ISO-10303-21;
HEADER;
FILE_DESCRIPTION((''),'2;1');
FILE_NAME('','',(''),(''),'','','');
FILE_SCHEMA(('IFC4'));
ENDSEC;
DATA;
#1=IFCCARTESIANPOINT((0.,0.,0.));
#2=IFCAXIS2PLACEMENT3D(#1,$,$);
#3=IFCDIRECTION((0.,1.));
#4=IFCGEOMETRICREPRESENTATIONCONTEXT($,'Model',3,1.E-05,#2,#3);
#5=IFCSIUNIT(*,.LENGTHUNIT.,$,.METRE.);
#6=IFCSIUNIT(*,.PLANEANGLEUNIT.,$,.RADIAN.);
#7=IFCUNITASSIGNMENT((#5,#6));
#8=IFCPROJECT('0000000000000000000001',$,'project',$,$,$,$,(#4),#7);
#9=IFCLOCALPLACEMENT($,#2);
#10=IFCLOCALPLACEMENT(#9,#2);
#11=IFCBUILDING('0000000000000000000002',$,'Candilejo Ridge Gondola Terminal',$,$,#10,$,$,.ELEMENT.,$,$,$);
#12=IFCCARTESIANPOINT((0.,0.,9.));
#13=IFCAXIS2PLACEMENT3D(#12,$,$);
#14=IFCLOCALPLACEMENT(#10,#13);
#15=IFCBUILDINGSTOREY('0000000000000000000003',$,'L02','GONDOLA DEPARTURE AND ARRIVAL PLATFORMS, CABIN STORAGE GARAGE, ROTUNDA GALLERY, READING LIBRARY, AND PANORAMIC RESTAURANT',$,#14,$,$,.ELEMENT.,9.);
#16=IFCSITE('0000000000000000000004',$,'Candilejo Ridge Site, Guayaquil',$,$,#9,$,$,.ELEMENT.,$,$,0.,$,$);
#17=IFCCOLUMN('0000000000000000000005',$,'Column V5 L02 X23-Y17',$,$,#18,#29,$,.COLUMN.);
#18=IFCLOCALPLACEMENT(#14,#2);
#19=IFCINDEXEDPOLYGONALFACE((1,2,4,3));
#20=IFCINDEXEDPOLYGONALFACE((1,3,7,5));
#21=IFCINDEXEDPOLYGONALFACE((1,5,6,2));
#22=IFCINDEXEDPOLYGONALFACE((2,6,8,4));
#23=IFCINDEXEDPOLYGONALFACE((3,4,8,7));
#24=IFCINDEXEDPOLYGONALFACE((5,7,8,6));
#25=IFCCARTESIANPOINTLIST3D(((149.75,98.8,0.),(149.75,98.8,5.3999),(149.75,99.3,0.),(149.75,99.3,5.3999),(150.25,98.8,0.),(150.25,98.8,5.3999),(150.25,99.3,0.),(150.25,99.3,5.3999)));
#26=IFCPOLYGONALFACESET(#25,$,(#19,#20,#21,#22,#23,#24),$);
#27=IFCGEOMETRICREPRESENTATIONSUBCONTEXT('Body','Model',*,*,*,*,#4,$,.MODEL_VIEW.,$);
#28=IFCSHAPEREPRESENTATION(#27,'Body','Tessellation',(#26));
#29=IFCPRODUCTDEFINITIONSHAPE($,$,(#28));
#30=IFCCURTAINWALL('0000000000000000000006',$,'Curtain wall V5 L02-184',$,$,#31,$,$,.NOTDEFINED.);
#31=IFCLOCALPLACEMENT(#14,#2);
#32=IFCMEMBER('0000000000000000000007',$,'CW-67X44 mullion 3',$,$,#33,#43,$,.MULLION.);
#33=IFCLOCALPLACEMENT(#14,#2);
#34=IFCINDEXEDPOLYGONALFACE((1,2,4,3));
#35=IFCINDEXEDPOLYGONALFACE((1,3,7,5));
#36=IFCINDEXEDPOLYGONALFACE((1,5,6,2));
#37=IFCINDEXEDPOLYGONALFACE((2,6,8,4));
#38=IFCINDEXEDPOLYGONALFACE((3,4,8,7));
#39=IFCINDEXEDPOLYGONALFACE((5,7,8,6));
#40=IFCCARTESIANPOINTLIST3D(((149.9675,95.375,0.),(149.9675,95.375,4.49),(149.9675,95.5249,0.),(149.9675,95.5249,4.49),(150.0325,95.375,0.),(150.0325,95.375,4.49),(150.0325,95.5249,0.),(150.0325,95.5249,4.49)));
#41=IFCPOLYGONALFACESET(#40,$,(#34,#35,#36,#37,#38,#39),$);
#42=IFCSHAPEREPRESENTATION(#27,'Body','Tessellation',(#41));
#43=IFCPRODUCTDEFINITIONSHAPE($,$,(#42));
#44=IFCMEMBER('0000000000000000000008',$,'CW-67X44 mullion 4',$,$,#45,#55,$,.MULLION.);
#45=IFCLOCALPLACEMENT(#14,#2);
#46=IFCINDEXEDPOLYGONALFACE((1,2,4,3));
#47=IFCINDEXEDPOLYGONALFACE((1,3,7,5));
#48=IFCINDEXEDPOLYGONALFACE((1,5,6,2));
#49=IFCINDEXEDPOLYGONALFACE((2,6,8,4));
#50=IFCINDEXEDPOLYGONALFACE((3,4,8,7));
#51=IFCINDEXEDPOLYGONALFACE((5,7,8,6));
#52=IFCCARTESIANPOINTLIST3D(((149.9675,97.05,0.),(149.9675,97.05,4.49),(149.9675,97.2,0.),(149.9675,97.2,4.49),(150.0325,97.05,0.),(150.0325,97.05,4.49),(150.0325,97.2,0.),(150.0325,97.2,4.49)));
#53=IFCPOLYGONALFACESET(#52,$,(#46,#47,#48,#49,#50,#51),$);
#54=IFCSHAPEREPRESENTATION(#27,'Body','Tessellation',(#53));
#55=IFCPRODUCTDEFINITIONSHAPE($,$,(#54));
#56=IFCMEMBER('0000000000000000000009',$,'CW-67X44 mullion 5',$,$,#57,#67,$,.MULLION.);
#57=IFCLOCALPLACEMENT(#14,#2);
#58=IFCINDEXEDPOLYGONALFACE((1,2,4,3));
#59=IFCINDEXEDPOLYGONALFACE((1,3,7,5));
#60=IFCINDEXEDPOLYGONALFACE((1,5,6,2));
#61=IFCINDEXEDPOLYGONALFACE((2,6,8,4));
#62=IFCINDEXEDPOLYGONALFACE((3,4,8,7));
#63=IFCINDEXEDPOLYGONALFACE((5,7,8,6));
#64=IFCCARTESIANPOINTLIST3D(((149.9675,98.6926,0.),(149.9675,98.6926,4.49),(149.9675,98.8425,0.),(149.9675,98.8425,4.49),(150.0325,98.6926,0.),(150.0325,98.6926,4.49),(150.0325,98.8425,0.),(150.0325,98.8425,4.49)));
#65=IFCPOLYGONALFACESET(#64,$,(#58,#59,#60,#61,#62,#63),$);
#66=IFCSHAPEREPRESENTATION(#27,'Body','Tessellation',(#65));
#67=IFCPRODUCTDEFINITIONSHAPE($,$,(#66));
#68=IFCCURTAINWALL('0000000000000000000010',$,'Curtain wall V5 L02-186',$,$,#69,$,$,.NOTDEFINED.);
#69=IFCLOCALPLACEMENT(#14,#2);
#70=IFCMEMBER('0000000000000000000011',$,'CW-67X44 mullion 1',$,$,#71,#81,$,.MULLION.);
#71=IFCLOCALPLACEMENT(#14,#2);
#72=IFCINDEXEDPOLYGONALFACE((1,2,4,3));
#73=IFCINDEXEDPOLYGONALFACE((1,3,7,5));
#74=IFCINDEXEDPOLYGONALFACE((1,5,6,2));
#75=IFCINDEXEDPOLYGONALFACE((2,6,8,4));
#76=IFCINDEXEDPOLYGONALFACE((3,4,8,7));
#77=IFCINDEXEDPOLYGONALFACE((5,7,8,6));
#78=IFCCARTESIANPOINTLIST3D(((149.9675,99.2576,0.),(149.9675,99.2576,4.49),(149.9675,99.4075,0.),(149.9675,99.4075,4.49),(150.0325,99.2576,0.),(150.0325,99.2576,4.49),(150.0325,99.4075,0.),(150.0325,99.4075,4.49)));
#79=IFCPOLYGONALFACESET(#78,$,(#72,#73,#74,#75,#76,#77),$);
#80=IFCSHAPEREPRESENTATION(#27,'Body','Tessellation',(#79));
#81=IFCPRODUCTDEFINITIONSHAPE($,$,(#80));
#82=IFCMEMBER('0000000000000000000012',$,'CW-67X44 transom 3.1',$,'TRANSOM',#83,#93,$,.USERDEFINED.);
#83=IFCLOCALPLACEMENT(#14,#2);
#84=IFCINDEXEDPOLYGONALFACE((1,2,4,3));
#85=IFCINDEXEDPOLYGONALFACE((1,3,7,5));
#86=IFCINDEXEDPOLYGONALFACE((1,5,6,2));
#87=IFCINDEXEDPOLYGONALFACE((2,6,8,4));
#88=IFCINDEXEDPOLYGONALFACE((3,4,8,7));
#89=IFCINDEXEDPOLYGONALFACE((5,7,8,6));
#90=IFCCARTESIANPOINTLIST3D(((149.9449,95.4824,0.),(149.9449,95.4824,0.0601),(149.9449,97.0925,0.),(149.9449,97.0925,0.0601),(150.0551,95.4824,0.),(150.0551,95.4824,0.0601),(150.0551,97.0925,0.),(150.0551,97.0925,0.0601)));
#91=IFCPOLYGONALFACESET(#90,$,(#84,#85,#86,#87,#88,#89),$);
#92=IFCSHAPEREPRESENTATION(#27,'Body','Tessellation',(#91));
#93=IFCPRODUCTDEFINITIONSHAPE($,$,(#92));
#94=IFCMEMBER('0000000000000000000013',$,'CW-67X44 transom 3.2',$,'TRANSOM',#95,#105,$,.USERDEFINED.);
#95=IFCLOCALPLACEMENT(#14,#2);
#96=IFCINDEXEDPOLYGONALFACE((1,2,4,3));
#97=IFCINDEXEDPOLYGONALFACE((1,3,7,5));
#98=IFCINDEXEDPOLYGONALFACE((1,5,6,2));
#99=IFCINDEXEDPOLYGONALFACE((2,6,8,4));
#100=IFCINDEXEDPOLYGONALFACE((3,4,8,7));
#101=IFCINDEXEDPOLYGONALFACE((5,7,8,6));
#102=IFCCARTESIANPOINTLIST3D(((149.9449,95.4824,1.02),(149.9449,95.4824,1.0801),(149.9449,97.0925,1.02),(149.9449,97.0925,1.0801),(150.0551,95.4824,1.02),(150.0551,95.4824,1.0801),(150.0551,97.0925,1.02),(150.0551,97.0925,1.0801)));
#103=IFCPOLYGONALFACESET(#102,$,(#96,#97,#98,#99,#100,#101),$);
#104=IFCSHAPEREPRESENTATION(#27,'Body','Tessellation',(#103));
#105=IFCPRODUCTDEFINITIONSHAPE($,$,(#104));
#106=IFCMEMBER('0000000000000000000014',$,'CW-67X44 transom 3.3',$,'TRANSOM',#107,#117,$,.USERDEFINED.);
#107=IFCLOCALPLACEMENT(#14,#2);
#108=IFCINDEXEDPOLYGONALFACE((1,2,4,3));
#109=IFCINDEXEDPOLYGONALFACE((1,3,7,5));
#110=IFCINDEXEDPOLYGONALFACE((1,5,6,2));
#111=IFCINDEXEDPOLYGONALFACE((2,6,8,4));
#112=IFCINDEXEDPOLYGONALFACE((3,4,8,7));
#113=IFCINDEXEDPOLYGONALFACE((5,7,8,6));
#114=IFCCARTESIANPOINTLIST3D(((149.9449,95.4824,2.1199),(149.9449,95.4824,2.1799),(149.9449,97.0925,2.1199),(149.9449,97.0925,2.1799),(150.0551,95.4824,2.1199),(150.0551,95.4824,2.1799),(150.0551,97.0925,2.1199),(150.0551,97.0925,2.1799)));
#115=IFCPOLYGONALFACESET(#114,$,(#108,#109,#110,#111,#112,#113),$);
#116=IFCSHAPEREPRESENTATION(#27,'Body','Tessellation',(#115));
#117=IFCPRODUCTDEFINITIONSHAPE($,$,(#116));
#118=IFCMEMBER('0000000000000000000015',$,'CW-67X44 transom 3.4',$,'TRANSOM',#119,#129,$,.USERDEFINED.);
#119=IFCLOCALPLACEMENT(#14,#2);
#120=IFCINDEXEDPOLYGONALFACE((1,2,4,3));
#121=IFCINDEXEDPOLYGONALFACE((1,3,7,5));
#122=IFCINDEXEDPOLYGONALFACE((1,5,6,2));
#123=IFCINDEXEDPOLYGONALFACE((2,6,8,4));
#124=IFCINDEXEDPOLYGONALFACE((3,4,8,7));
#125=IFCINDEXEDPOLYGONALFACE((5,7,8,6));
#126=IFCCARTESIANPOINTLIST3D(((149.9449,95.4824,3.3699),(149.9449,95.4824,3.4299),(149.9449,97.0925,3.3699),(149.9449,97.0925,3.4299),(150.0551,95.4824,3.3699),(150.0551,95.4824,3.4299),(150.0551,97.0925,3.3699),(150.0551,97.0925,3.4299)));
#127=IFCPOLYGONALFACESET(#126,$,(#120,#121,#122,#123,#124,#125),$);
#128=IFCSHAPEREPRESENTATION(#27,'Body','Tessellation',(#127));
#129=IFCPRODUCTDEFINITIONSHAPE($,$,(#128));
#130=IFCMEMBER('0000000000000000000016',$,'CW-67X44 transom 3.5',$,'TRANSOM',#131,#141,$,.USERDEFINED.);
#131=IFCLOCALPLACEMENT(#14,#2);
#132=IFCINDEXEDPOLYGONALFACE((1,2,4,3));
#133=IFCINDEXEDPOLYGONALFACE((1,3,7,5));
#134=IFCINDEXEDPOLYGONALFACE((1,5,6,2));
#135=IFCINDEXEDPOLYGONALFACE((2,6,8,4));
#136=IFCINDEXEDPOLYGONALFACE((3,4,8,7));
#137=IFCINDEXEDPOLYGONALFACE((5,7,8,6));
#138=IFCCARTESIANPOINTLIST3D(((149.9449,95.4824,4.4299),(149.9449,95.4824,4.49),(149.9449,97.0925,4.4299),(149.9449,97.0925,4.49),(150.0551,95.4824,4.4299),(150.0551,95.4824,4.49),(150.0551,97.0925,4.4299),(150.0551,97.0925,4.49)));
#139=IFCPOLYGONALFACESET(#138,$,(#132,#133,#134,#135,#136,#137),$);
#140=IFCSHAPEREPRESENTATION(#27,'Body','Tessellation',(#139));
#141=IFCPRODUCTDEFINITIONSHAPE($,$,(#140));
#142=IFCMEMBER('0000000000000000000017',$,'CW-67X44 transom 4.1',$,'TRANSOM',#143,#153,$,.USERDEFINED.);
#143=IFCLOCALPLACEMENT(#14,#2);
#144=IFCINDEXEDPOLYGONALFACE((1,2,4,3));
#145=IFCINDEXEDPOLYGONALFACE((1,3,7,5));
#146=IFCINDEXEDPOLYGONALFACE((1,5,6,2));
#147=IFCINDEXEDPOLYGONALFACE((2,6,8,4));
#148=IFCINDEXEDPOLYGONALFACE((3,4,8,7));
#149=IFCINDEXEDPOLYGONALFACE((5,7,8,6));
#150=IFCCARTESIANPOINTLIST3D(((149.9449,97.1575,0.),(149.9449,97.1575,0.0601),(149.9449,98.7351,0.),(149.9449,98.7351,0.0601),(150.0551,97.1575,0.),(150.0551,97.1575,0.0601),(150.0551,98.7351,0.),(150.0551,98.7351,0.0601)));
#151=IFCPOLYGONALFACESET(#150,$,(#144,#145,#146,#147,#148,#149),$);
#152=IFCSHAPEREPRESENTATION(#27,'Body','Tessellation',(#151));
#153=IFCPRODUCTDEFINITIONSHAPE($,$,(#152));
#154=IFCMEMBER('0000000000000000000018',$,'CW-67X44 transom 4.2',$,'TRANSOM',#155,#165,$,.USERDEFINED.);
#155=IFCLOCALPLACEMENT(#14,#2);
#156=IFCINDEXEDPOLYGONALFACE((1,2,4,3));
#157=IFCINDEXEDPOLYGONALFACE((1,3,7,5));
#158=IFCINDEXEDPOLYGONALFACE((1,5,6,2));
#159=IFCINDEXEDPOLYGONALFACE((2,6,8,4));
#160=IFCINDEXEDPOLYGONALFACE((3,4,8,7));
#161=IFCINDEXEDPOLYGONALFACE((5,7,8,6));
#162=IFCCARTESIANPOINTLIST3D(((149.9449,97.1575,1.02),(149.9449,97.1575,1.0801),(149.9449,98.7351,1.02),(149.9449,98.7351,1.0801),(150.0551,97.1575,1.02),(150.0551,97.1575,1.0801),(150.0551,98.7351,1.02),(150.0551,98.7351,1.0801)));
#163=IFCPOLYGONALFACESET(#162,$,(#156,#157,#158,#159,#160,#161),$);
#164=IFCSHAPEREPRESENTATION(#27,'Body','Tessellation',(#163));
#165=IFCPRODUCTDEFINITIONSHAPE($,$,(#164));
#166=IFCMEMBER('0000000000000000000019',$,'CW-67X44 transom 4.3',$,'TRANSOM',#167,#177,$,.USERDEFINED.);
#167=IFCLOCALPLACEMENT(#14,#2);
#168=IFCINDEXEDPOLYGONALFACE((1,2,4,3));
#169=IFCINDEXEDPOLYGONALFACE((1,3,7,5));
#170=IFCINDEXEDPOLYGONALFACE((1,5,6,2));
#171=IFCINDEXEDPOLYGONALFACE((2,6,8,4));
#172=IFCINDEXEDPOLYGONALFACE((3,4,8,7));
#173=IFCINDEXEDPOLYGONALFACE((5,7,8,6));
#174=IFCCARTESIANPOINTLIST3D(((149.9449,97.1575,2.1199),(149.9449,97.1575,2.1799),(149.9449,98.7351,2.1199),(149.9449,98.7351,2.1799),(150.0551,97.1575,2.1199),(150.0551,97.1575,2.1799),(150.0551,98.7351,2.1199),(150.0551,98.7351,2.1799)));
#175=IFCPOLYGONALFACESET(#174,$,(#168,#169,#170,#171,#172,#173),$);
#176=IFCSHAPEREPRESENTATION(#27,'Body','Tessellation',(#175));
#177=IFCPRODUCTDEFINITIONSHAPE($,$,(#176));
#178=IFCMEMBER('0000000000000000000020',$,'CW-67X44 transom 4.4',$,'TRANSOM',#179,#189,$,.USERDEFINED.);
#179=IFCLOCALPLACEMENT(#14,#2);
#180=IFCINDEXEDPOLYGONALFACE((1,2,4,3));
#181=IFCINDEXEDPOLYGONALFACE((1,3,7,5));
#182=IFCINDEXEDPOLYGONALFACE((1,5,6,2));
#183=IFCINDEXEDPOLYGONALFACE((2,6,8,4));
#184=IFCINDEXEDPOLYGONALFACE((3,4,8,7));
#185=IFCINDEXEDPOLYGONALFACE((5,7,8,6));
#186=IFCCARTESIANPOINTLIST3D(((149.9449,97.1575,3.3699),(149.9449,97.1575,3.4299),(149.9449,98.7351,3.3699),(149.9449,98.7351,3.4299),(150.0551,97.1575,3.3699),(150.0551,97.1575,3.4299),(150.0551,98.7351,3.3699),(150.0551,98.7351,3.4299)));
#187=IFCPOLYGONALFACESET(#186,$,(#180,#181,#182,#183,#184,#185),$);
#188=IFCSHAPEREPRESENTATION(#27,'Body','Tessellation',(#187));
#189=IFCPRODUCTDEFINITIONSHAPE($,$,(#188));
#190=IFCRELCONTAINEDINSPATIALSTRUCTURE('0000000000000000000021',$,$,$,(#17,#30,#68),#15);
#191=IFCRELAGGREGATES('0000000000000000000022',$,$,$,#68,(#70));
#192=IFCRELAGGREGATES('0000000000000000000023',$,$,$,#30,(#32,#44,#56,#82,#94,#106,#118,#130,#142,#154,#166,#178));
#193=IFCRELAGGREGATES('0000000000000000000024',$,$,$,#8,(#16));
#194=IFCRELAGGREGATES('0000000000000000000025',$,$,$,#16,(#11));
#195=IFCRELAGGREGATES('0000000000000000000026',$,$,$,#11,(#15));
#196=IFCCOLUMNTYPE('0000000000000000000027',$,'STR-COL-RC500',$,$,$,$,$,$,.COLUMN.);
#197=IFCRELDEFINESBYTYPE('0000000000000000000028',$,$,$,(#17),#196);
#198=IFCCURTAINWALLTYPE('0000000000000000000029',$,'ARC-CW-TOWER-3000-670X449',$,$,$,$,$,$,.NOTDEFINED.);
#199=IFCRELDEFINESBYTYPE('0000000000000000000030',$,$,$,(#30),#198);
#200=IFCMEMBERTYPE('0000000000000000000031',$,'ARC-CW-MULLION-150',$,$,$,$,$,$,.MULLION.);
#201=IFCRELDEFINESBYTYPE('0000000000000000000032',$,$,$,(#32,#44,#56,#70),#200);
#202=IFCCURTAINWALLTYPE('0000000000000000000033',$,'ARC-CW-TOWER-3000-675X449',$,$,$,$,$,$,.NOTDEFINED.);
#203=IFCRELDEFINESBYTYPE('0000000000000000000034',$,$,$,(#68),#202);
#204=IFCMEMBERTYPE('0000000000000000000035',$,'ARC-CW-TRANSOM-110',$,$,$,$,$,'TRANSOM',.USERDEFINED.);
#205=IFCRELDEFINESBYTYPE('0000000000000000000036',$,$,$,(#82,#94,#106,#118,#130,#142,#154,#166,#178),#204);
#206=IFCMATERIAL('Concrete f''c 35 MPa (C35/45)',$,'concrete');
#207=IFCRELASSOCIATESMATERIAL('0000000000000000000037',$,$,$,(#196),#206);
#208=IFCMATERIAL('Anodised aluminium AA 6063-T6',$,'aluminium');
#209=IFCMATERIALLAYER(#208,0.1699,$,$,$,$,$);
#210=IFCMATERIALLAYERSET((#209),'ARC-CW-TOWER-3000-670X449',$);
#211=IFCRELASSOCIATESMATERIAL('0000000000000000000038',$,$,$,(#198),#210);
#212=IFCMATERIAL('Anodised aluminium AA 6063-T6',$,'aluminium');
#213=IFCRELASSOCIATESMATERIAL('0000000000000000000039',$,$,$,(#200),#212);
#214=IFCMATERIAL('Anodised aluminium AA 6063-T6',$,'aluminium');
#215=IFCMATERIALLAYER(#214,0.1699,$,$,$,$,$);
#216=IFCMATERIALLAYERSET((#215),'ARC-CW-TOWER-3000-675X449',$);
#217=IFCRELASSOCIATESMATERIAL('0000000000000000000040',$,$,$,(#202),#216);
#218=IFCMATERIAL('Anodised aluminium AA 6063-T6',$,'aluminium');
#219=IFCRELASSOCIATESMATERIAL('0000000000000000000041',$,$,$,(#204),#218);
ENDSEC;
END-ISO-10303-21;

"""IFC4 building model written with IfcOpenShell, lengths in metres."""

from ifc_helpers import new_model, si_unit, direction, frame, origin, origin_2d, place, context, subcontext, project, spatial, rectangle, extrude, material, layer, layer_set, material_profile, profile_set, type_object, element, aggregate, save


model = new_model("IFC4")

# Units and contexts
model_context = context("Model", 3, precision=1e-05, world=origin(), true_north=direction((0.0, 1.0)))
body_context = subcontext(model_context, "Body", "Model", "MODEL_VIEW")
ifc_project = project(units=[si_unit("LENGTHUNIT", "METRE"), si_unit("PLANEANGLEUNIT", "RADIAN")], contexts=[model_context])

# Site, building, storey
site_placement = place(None, origin())
site = spatial("IfcSite", under=ifc_project, at=site_placement, Name="Candilejo Ridge Site, Guayaquil", CompositionType="ELEMENT", RefElevation=0.0)
building_placement = place(site_placement, origin())
building = spatial("IfcBuilding", under=site, at=building_placement, Name="Candilejo Ridge Gondola Terminal", CompositionType="ELEMENT")
storey_placement = place(building_placement, frame((0.0, 0.0, 9.0)))
storey = spatial("IfcBuildingStorey", under=building, at=storey_placement, Name="L02", Description="GONDOLA DEPARTURE AND ARRIVAL PLATFORMS, CABIN STORAGE GARAGE, ROTUNDA GALLERY, READING LIBRARY, AND PANORAMIC RESTAURANT", CompositionType="ELEMENT", Elevation=9.0)

# Column
ifc_material_1 = material(Name="Concrete f'c 35 MPa (C35/45)", Category="concrete")
ifc_material_profile_1 = material_profile(ifc_material_1, rectangle(XDim=0.5, YDim=0.5, at=origin_2d()))
ifc_profile_set_1 = profile_set([ifc_material_profile_1], Name="Concrete f'c 35 MPa (C35/45)")
column_type = type_object("IfcColumnType", Name="STR-COL-RC500", PredefinedType="COLUMN", material=ifc_profile_set_1)
column_placement = place(storey_placement, frame((150.0, 99.05, 0.0), z_axis=(0.0, 0.0, 1.0), x_axis=(1.0, 0.0, 0.0)))
element("IfcColumn", 1, at=column_placement, inside=storey, type_object=column_type, Name="Column V5 L02 X23-Y17", PredefinedType="COLUMN", context=body_context, shape_type="SweptSolid", body=[
    extrude(rectangle(XDim=0.5, YDim=0.5, at=origin_2d()), origin(), (0.0, 0.0, 1.0), 5.3999),
])

# Curtain wall, members
ifc_material_2 = material(Name="Anodised aluminium AA 6063-T6", Category="aluminium")
ifc_layer_1 = layer(ifc_material_2, 0.1699)
ifc_layer_set_1 = layer_set([ifc_layer_1], Name="ARC-CW-TOWER-3000-670X449")
curtain_wall_type_1 = type_object("IfcCurtainWallType", Name="ARC-CW-TOWER-3000-670X449", PredefinedType="NOTDEFINED", material=ifc_layer_set_1)
curtain_wall_1_placement = place(storey_placement, origin())
curtain_wall_1 = element("IfcCurtainWall", 2, at=curtain_wall_1_placement, inside=storey, type_object=curtain_wall_type_1, Name="Curtain wall V5 L02-184", PredefinedType="NOTDEFINED")
ifc_material_3 = material(Name="Anodised aluminium AA 6063-T6", Category="aluminium")
ifc_material_profile_2 = material_profile(ifc_material_3, rectangle(XDim=0.0649, YDim=0.1499, at=origin_2d()))
ifc_profile_set_2 = profile_set([ifc_material_profile_2], Name="Anodised aluminium AA 6063-T6")
member_type_1 = type_object("IfcMemberType", Name="ARC-CW-MULLION-150", PredefinedType="MULLION", material=ifc_profile_set_2)
member_1_placement = place(storey_placement, frame((150.0, 95.45, 0.0), z_axis=(0.0, 0.0, 1.0), x_axis=(-1.0, 0.0, 0.0)))
member_1 = element("IfcMember", 3, at=member_1_placement, type_object=member_type_1, Name="CW-67X44 mullion 3", PredefinedType="MULLION", context=body_context, shape_type="SweptSolid", body=[
    extrude(rectangle(XDim=0.0649, YDim=0.1499, at=origin_2d()), origin(), (0.0, 0.0, 1.0), 4.49),
])
member_2_placement = place(storey_placement, frame((150.0, 97.125, 0.0), z_axis=(0.0, 0.0, 1.0), x_axis=(-1.0, 0.0, 0.0)))
member_2 = element("IfcMember", 4, at=member_2_placement, type_object=member_type_1, Name="CW-67X44 mullion 4", PredefinedType="MULLION", context=body_context, shape_type="SweptSolid", body=[
    extrude(rectangle(XDim=0.0649, YDim=0.1499, at=origin_2d()), origin(), (0.0, 0.0, 1.0), 4.49),
])
member_3_placement = place(storey_placement, frame((150.0, 98.7676, 0.0), z_axis=(0.0, 0.0, 1.0), x_axis=(-1.0, 0.0, 0.0)))
member_3 = element("IfcMember", 5, at=member_3_placement, type_object=member_type_1, Name="CW-67X44 mullion 5", PredefinedType="MULLION", context=body_context, shape_type="SweptSolid", body=[
    extrude(rectangle(XDim=0.0649, YDim=0.1499, at=origin_2d()), origin(), (0.0, 0.0, 1.0), 4.49),
])

# Curtain wall, member
ifc_material_4 = material(Name="Anodised aluminium AA 6063-T6", Category="aluminium")
ifc_layer_2 = layer(ifc_material_4, 0.1699)
ifc_layer_set_2 = layer_set([ifc_layer_2], Name="ARC-CW-TOWER-3000-675X449")
curtain_wall_type_2 = type_object("IfcCurtainWallType", Name="ARC-CW-TOWER-3000-675X449", PredefinedType="NOTDEFINED", material=ifc_layer_set_2)
curtain_wall_2_placement = place(storey_placement, origin())
curtain_wall_2 = element("IfcCurtainWall", 6, at=curtain_wall_2_placement, inside=storey, type_object=curtain_wall_type_2, Name="Curtain wall V5 L02-186", PredefinedType="NOTDEFINED")
member_4_placement = place(storey_placement, frame((150.0, 99.3325, 0.0), z_axis=(0.0, 0.0, 1.0), x_axis=(-1.0, 0.0, 0.0)))
member_4 = element("IfcMember", 7, at=member_4_placement, type_object=member_type_1, Name="CW-67X44 mullion 1", PredefinedType="MULLION", context=body_context, shape_type="SweptSolid", body=[
    extrude(rectangle(XDim=0.0649, YDim=0.1499, at=origin_2d()), origin(), (0.0, 0.0, 1.0), 4.49),
])

# Members
ifc_material_5 = material(Name="Anodised aluminium AA 6063-T6", Category="aluminium")
ifc_material_profile_3 = material_profile(ifc_material_5, rectangle(XDim=0.1101, YDim=0.0601, at=origin_2d()))
ifc_profile_set_3 = profile_set([ifc_material_profile_3], Name="Anodised aluminium AA 6063-T6")
member_type_2 = type_object("IfcMemberType", Name="ARC-CW-TRANSOM-110", ElementType="TRANSOM", PredefinedType="USERDEFINED", material=ifc_profile_set_3)
member_5_placement = place(storey_placement, frame((150.0, 95.4824, 0.03), z_axis=(0.0, 1.0, 0.0), x_axis=(-1.0, 0.0, 0.0)))
member_5 = element("IfcMember", 8, at=member_5_placement, type_object=member_type_2, Name="CW-67X44 transom 3.1", ObjectType="TRANSOM", PredefinedType="USERDEFINED", context=body_context, shape_type="SweptSolid", body=[
    extrude(rectangle(XDim=0.1101, YDim=0.0601, at=origin_2d()), origin(), (0.0, 0.0, 1.0), 1.6101),
])
member_6_placement = place(storey_placement, frame((150.0, 95.4824, 1.05), z_axis=(0.0, 1.0, 0.0), x_axis=(-1.0, 0.0, 0.0)))
member_6 = element("IfcMember", 9, at=member_6_placement, type_object=member_type_2, Name="CW-67X44 transom 3.2", ObjectType="TRANSOM", PredefinedType="USERDEFINED", context=body_context, shape_type="SweptSolid", body=[
    extrude(rectangle(XDim=0.1101, YDim=0.0601, at=origin_2d()), origin(), (0.0, 0.0, 1.0), 1.6101),
])
member_7_placement = place(storey_placement, frame((150.0, 95.4824, 2.1499), z_axis=(0.0, 1.0, 0.0), x_axis=(-1.0, 0.0, 0.0)))
member_7 = element("IfcMember", 10, at=member_7_placement, type_object=member_type_2, Name="CW-67X44 transom 3.3", ObjectType="TRANSOM", PredefinedType="USERDEFINED", context=body_context, shape_type="SweptSolid", body=[
    extrude(rectangle(XDim=0.1101, YDim=0.0601, at=origin_2d()), origin(), (0.0, 0.0, 1.0), 1.6101),
])
member_8_placement = place(storey_placement, frame((150.0, 95.4824, 3.3999), z_axis=(0.0, 1.0, 0.0), x_axis=(-1.0, 0.0, 0.0)))
member_8 = element("IfcMember", 11, at=member_8_placement, type_object=member_type_2, Name="CW-67X44 transom 3.4", ObjectType="TRANSOM", PredefinedType="USERDEFINED", context=body_context, shape_type="SweptSolid", body=[
    extrude(rectangle(XDim=0.1101, YDim=0.0601, at=origin_2d()), origin(), (0.0, 0.0, 1.0), 1.6101),
])
member_9_placement = place(storey_placement, frame((150.0, 95.4824, 4.46), z_axis=(0.0, 1.0, 0.0), x_axis=(-1.0, 0.0, 0.0)))
member_9 = element("IfcMember", 12, at=member_9_placement, type_object=member_type_2, Name="CW-67X44 transom 3.5", ObjectType="TRANSOM", PredefinedType="USERDEFINED", context=body_context, shape_type="SweptSolid", body=[
    extrude(rectangle(XDim=0.1101, YDim=0.0601, at=origin_2d()), origin(), (0.0, 0.0, 1.0), 1.6101),
])
member_10_placement = place(storey_placement, frame((150.0, 97.1575, 0.03), z_axis=(0.0, 1.0, 0.0), x_axis=(-1.0, 0.0, 0.0)))
member_10 = element("IfcMember", 13, at=member_10_placement, type_object=member_type_2, Name="CW-67X44 transom 4.1", ObjectType="TRANSOM", PredefinedType="USERDEFINED", context=body_context, shape_type="SweptSolid", body=[
    extrude(rectangle(XDim=0.1101, YDim=0.0601, at=origin_2d()), origin(), (0.0, 0.0, 1.0), 1.5776),
])
member_11_placement = place(storey_placement, frame((150.0, 97.1575, 1.05), z_axis=(0.0, 1.0, 0.0), x_axis=(-1.0, 0.0, 0.0)))
member_11 = element("IfcMember", 14, at=member_11_placement, type_object=member_type_2, Name="CW-67X44 transom 4.2", ObjectType="TRANSOM", PredefinedType="USERDEFINED", context=body_context, shape_type="SweptSolid", body=[
    extrude(rectangle(XDim=0.1101, YDim=0.0601, at=origin_2d()), origin(), (0.0, 0.0, 1.0), 1.5776),
])
member_12_placement = place(storey_placement, frame((150.0, 97.1575, 2.1499), z_axis=(0.0, 1.0, 0.0), x_axis=(-1.0, 0.0, 0.0)))
member_12 = element("IfcMember", 15, at=member_12_placement, type_object=member_type_2, Name="CW-67X44 transom 4.3", ObjectType="TRANSOM", PredefinedType="USERDEFINED", context=body_context, shape_type="SweptSolid", body=[
    extrude(rectangle(XDim=0.1101, YDim=0.0601, at=origin_2d()), origin(), (0.0, 0.0, 1.0), 1.5776),
])
member_13_placement = place(storey_placement, frame((150.0, 97.1575, 3.3999), z_axis=(0.0, 1.0, 0.0), x_axis=(-1.0, 0.0, 0.0)))
member_13 = element("IfcMember", 16, at=member_13_placement, type_object=member_type_2, Name="CW-67X44 transom 4.4", ObjectType="TRANSOM", PredefinedType="USERDEFINED", context=body_context, shape_type="SweptSolid", body=[
    extrude(rectangle(XDim=0.1101, YDim=0.0601, at=origin_2d()), origin(), (0.0, 0.0, 1.0), 1.5776),
])
aggregate(curtain_wall_2, [member_4])

aggregate(curtain_wall_1, [member_1, member_2, member_3, member_5, member_6, member_7, member_8, member_9, member_10, member_11, member_12, member_13])

save(model, "model.ifc")
